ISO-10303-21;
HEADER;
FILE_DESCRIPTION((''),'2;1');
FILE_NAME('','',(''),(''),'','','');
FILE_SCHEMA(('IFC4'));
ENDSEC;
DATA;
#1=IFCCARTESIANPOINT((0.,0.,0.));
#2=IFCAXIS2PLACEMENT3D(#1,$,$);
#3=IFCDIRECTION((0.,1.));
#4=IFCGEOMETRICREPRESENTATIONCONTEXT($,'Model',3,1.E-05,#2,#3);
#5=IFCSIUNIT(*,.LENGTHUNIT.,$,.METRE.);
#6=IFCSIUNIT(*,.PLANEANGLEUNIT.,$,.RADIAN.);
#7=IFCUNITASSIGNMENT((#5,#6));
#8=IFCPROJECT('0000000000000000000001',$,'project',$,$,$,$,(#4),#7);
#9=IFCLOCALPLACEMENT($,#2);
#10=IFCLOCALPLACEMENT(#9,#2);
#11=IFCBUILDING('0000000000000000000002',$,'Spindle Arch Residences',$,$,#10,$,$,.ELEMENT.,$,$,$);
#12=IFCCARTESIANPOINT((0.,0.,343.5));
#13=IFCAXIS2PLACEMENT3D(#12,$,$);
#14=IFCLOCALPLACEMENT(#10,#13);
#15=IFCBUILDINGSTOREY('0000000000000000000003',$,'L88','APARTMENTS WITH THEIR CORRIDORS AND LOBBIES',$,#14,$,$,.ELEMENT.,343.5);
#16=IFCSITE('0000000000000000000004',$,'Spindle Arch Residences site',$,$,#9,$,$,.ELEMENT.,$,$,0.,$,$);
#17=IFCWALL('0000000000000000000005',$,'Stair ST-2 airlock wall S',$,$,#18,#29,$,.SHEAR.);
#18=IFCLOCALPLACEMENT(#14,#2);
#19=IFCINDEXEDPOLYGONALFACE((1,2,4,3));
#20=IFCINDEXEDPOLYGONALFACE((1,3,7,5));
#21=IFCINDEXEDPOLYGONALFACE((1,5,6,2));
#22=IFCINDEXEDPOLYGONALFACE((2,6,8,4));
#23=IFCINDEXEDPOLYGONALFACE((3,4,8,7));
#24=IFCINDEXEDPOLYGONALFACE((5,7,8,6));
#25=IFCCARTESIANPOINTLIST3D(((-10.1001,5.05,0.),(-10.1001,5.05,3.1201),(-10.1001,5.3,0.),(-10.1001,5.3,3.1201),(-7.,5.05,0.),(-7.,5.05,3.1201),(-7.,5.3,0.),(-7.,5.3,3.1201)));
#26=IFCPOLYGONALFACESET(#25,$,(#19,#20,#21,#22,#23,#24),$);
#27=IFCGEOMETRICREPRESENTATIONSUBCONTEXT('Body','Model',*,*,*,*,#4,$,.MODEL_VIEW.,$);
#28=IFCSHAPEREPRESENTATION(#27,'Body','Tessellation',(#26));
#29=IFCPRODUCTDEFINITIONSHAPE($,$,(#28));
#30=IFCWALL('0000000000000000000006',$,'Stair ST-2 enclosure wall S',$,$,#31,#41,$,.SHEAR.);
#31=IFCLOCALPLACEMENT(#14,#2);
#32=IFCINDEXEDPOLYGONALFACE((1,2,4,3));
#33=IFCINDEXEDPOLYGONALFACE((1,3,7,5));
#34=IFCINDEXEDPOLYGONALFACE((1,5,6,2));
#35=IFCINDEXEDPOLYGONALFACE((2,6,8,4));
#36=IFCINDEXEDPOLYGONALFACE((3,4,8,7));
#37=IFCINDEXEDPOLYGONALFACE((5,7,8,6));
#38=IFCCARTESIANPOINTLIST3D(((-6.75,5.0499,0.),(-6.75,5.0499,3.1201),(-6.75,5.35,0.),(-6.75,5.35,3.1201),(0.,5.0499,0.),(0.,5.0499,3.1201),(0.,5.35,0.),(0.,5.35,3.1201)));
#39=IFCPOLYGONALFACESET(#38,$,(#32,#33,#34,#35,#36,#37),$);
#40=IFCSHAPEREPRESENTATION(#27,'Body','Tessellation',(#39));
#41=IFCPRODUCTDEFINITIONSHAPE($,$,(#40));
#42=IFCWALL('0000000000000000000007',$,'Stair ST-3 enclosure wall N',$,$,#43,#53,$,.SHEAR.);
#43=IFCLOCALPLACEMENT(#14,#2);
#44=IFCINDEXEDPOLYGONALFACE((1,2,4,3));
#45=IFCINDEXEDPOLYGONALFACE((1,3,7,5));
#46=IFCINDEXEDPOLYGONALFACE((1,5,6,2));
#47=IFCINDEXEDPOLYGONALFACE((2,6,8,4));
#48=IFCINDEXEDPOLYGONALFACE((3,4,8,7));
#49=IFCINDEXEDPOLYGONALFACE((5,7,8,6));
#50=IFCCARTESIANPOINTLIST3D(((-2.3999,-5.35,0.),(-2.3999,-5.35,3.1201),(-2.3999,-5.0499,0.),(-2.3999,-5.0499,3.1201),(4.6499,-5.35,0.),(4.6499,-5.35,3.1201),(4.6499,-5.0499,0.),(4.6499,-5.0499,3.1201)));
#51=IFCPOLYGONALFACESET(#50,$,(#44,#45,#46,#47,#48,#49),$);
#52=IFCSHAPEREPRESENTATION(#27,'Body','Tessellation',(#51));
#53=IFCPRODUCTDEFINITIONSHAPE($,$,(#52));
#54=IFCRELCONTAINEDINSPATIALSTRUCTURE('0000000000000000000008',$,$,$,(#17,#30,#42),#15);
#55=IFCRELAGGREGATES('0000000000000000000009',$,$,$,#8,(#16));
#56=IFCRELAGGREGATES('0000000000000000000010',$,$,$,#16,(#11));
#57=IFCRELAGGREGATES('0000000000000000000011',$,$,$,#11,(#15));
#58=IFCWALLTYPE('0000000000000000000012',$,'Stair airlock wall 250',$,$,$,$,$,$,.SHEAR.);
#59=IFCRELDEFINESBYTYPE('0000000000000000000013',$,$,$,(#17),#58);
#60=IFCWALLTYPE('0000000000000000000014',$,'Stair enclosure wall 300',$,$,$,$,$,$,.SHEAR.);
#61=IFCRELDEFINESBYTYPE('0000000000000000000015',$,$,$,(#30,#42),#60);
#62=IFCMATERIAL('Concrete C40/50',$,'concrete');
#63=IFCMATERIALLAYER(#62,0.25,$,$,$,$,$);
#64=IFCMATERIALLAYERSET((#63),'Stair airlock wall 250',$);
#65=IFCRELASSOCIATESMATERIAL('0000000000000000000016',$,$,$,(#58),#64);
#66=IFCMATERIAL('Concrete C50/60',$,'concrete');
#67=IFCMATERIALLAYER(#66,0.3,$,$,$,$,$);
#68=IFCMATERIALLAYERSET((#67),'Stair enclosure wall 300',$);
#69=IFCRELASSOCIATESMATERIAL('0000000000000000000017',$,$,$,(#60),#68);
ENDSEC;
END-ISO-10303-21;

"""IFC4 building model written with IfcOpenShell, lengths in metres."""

from ifc_helpers import new_model, si_unit, direction, frame, frame_2d, origin, place, context, subcontext, project, spatial, rectangle, extrude, material, layer, layer_set, type_object, element, save


model = new_model("IFC4")

# Units and contexts
model_context = context("Model", 3, precision=1e-05, world=origin(), true_north=direction((0.0, 1.0)))
body_context = subcontext(model_context, "Body", "Model", "MODEL_VIEW")
ifc_project = project(units=[si_unit("LENGTHUNIT", "METRE"), si_unit("PLANEANGLEUNIT", "RADIAN")], contexts=[model_context])

# Site, building, storey
site_placement = place(None, origin())
site = spatial("IfcSite", under=ifc_project, at=site_placement, Name="Spindle Arch Residences site", CompositionType="ELEMENT", RefElevation=0.0)
building_placement = place(site_placement, origin())
building = spatial("IfcBuilding", under=site, at=building_placement, Name="Spindle Arch Residences", CompositionType="ELEMENT")
storey_placement = place(building_placement, frame((0.0, 0.0, 343.5)))
storey = spatial("IfcBuildingStorey", under=building, at=storey_placement, Name="L88", Description="APARTMENTS WITH THEIR CORRIDORS AND LOBBIES", CompositionType="ELEMENT", Elevation=343.5)

# Walls
ifc_material_1 = material(Name="Concrete C40/50", Category="concrete")
ifc_layer_1 = layer(ifc_material_1, 0.25)
ifc_layer_set_1 = layer_set([ifc_layer_1], Name="Stair airlock wall 250")
wall_type_1 = type_object("IfcWallType", Name="Stair airlock wall 250", PredefinedType="SHEAR", material=ifc_layer_set_1)
wall_1_placement = place(storey_placement, frame((-7.0, 5.175, 0.0), z_axis=(0.0, 0.0, 1.0), x_axis=(-1.0, 0.0, 0.0)))
element("IfcWall", 1, at=wall_1_placement, inside=storey, type_object=wall_type_1, Name="Stair ST-2 airlock wall S", PredefinedType="SHEAR", context=body_context, shape_type="SweptSolid", body=[
    extrude(rectangle(XDim=3.1001, YDim=0.25, at=frame_2d((1.55, 0.0))), origin(), (0.0, 0.0, 1.0), 3.1201),
])
ifc_material_2 = material(Name="Concrete C50/60", Category="concrete")
ifc_layer_2 = layer(ifc_material_2, 0.3)
ifc_layer_set_2 = layer_set([ifc_layer_2], Name="Stair enclosure wall 300")
wall_type_2 = type_object("IfcWallType", Name="Stair enclosure wall 300", PredefinedType="SHEAR", material=ifc_layer_set_2)
wall_2_placement = place(storey_placement, frame((-6.75, 5.2, 0.0), z_axis=(0.0, 0.0, 1.0), x_axis=(1.0, 0.0, 0.0)))
element("IfcWall", 2, at=wall_2_placement, inside=storey, type_object=wall_type_2, Name="Stair ST-2 enclosure wall S", PredefinedType="SHEAR", context=body_context, shape_type="SweptSolid", body=[
    extrude(rectangle(XDim=6.75, YDim=0.3, at=frame_2d((3.375, 0.0))), origin(), (0.0, 0.0, 1.0), 3.1201),
])
wall_3_placement = place(storey_placement, frame((-2.3999, -5.2, 0.0), z_axis=(0.0, 0.0, 1.0), x_axis=(1.0, 0.0, 0.0)))
element("IfcWall", 3, at=wall_3_placement, inside=storey, type_object=wall_type_2, Name="Stair ST-3 enclosure wall N", PredefinedType="SHEAR", context=body_context, shape_type="SweptSolid", body=[
    extrude(rectangle(XDim=7.0498, YDim=0.3, at=frame_2d((3.5249, 0.0))), origin(), (0.0, 0.0, 1.0), 3.1201),
])

save(model, "model.ifc")
